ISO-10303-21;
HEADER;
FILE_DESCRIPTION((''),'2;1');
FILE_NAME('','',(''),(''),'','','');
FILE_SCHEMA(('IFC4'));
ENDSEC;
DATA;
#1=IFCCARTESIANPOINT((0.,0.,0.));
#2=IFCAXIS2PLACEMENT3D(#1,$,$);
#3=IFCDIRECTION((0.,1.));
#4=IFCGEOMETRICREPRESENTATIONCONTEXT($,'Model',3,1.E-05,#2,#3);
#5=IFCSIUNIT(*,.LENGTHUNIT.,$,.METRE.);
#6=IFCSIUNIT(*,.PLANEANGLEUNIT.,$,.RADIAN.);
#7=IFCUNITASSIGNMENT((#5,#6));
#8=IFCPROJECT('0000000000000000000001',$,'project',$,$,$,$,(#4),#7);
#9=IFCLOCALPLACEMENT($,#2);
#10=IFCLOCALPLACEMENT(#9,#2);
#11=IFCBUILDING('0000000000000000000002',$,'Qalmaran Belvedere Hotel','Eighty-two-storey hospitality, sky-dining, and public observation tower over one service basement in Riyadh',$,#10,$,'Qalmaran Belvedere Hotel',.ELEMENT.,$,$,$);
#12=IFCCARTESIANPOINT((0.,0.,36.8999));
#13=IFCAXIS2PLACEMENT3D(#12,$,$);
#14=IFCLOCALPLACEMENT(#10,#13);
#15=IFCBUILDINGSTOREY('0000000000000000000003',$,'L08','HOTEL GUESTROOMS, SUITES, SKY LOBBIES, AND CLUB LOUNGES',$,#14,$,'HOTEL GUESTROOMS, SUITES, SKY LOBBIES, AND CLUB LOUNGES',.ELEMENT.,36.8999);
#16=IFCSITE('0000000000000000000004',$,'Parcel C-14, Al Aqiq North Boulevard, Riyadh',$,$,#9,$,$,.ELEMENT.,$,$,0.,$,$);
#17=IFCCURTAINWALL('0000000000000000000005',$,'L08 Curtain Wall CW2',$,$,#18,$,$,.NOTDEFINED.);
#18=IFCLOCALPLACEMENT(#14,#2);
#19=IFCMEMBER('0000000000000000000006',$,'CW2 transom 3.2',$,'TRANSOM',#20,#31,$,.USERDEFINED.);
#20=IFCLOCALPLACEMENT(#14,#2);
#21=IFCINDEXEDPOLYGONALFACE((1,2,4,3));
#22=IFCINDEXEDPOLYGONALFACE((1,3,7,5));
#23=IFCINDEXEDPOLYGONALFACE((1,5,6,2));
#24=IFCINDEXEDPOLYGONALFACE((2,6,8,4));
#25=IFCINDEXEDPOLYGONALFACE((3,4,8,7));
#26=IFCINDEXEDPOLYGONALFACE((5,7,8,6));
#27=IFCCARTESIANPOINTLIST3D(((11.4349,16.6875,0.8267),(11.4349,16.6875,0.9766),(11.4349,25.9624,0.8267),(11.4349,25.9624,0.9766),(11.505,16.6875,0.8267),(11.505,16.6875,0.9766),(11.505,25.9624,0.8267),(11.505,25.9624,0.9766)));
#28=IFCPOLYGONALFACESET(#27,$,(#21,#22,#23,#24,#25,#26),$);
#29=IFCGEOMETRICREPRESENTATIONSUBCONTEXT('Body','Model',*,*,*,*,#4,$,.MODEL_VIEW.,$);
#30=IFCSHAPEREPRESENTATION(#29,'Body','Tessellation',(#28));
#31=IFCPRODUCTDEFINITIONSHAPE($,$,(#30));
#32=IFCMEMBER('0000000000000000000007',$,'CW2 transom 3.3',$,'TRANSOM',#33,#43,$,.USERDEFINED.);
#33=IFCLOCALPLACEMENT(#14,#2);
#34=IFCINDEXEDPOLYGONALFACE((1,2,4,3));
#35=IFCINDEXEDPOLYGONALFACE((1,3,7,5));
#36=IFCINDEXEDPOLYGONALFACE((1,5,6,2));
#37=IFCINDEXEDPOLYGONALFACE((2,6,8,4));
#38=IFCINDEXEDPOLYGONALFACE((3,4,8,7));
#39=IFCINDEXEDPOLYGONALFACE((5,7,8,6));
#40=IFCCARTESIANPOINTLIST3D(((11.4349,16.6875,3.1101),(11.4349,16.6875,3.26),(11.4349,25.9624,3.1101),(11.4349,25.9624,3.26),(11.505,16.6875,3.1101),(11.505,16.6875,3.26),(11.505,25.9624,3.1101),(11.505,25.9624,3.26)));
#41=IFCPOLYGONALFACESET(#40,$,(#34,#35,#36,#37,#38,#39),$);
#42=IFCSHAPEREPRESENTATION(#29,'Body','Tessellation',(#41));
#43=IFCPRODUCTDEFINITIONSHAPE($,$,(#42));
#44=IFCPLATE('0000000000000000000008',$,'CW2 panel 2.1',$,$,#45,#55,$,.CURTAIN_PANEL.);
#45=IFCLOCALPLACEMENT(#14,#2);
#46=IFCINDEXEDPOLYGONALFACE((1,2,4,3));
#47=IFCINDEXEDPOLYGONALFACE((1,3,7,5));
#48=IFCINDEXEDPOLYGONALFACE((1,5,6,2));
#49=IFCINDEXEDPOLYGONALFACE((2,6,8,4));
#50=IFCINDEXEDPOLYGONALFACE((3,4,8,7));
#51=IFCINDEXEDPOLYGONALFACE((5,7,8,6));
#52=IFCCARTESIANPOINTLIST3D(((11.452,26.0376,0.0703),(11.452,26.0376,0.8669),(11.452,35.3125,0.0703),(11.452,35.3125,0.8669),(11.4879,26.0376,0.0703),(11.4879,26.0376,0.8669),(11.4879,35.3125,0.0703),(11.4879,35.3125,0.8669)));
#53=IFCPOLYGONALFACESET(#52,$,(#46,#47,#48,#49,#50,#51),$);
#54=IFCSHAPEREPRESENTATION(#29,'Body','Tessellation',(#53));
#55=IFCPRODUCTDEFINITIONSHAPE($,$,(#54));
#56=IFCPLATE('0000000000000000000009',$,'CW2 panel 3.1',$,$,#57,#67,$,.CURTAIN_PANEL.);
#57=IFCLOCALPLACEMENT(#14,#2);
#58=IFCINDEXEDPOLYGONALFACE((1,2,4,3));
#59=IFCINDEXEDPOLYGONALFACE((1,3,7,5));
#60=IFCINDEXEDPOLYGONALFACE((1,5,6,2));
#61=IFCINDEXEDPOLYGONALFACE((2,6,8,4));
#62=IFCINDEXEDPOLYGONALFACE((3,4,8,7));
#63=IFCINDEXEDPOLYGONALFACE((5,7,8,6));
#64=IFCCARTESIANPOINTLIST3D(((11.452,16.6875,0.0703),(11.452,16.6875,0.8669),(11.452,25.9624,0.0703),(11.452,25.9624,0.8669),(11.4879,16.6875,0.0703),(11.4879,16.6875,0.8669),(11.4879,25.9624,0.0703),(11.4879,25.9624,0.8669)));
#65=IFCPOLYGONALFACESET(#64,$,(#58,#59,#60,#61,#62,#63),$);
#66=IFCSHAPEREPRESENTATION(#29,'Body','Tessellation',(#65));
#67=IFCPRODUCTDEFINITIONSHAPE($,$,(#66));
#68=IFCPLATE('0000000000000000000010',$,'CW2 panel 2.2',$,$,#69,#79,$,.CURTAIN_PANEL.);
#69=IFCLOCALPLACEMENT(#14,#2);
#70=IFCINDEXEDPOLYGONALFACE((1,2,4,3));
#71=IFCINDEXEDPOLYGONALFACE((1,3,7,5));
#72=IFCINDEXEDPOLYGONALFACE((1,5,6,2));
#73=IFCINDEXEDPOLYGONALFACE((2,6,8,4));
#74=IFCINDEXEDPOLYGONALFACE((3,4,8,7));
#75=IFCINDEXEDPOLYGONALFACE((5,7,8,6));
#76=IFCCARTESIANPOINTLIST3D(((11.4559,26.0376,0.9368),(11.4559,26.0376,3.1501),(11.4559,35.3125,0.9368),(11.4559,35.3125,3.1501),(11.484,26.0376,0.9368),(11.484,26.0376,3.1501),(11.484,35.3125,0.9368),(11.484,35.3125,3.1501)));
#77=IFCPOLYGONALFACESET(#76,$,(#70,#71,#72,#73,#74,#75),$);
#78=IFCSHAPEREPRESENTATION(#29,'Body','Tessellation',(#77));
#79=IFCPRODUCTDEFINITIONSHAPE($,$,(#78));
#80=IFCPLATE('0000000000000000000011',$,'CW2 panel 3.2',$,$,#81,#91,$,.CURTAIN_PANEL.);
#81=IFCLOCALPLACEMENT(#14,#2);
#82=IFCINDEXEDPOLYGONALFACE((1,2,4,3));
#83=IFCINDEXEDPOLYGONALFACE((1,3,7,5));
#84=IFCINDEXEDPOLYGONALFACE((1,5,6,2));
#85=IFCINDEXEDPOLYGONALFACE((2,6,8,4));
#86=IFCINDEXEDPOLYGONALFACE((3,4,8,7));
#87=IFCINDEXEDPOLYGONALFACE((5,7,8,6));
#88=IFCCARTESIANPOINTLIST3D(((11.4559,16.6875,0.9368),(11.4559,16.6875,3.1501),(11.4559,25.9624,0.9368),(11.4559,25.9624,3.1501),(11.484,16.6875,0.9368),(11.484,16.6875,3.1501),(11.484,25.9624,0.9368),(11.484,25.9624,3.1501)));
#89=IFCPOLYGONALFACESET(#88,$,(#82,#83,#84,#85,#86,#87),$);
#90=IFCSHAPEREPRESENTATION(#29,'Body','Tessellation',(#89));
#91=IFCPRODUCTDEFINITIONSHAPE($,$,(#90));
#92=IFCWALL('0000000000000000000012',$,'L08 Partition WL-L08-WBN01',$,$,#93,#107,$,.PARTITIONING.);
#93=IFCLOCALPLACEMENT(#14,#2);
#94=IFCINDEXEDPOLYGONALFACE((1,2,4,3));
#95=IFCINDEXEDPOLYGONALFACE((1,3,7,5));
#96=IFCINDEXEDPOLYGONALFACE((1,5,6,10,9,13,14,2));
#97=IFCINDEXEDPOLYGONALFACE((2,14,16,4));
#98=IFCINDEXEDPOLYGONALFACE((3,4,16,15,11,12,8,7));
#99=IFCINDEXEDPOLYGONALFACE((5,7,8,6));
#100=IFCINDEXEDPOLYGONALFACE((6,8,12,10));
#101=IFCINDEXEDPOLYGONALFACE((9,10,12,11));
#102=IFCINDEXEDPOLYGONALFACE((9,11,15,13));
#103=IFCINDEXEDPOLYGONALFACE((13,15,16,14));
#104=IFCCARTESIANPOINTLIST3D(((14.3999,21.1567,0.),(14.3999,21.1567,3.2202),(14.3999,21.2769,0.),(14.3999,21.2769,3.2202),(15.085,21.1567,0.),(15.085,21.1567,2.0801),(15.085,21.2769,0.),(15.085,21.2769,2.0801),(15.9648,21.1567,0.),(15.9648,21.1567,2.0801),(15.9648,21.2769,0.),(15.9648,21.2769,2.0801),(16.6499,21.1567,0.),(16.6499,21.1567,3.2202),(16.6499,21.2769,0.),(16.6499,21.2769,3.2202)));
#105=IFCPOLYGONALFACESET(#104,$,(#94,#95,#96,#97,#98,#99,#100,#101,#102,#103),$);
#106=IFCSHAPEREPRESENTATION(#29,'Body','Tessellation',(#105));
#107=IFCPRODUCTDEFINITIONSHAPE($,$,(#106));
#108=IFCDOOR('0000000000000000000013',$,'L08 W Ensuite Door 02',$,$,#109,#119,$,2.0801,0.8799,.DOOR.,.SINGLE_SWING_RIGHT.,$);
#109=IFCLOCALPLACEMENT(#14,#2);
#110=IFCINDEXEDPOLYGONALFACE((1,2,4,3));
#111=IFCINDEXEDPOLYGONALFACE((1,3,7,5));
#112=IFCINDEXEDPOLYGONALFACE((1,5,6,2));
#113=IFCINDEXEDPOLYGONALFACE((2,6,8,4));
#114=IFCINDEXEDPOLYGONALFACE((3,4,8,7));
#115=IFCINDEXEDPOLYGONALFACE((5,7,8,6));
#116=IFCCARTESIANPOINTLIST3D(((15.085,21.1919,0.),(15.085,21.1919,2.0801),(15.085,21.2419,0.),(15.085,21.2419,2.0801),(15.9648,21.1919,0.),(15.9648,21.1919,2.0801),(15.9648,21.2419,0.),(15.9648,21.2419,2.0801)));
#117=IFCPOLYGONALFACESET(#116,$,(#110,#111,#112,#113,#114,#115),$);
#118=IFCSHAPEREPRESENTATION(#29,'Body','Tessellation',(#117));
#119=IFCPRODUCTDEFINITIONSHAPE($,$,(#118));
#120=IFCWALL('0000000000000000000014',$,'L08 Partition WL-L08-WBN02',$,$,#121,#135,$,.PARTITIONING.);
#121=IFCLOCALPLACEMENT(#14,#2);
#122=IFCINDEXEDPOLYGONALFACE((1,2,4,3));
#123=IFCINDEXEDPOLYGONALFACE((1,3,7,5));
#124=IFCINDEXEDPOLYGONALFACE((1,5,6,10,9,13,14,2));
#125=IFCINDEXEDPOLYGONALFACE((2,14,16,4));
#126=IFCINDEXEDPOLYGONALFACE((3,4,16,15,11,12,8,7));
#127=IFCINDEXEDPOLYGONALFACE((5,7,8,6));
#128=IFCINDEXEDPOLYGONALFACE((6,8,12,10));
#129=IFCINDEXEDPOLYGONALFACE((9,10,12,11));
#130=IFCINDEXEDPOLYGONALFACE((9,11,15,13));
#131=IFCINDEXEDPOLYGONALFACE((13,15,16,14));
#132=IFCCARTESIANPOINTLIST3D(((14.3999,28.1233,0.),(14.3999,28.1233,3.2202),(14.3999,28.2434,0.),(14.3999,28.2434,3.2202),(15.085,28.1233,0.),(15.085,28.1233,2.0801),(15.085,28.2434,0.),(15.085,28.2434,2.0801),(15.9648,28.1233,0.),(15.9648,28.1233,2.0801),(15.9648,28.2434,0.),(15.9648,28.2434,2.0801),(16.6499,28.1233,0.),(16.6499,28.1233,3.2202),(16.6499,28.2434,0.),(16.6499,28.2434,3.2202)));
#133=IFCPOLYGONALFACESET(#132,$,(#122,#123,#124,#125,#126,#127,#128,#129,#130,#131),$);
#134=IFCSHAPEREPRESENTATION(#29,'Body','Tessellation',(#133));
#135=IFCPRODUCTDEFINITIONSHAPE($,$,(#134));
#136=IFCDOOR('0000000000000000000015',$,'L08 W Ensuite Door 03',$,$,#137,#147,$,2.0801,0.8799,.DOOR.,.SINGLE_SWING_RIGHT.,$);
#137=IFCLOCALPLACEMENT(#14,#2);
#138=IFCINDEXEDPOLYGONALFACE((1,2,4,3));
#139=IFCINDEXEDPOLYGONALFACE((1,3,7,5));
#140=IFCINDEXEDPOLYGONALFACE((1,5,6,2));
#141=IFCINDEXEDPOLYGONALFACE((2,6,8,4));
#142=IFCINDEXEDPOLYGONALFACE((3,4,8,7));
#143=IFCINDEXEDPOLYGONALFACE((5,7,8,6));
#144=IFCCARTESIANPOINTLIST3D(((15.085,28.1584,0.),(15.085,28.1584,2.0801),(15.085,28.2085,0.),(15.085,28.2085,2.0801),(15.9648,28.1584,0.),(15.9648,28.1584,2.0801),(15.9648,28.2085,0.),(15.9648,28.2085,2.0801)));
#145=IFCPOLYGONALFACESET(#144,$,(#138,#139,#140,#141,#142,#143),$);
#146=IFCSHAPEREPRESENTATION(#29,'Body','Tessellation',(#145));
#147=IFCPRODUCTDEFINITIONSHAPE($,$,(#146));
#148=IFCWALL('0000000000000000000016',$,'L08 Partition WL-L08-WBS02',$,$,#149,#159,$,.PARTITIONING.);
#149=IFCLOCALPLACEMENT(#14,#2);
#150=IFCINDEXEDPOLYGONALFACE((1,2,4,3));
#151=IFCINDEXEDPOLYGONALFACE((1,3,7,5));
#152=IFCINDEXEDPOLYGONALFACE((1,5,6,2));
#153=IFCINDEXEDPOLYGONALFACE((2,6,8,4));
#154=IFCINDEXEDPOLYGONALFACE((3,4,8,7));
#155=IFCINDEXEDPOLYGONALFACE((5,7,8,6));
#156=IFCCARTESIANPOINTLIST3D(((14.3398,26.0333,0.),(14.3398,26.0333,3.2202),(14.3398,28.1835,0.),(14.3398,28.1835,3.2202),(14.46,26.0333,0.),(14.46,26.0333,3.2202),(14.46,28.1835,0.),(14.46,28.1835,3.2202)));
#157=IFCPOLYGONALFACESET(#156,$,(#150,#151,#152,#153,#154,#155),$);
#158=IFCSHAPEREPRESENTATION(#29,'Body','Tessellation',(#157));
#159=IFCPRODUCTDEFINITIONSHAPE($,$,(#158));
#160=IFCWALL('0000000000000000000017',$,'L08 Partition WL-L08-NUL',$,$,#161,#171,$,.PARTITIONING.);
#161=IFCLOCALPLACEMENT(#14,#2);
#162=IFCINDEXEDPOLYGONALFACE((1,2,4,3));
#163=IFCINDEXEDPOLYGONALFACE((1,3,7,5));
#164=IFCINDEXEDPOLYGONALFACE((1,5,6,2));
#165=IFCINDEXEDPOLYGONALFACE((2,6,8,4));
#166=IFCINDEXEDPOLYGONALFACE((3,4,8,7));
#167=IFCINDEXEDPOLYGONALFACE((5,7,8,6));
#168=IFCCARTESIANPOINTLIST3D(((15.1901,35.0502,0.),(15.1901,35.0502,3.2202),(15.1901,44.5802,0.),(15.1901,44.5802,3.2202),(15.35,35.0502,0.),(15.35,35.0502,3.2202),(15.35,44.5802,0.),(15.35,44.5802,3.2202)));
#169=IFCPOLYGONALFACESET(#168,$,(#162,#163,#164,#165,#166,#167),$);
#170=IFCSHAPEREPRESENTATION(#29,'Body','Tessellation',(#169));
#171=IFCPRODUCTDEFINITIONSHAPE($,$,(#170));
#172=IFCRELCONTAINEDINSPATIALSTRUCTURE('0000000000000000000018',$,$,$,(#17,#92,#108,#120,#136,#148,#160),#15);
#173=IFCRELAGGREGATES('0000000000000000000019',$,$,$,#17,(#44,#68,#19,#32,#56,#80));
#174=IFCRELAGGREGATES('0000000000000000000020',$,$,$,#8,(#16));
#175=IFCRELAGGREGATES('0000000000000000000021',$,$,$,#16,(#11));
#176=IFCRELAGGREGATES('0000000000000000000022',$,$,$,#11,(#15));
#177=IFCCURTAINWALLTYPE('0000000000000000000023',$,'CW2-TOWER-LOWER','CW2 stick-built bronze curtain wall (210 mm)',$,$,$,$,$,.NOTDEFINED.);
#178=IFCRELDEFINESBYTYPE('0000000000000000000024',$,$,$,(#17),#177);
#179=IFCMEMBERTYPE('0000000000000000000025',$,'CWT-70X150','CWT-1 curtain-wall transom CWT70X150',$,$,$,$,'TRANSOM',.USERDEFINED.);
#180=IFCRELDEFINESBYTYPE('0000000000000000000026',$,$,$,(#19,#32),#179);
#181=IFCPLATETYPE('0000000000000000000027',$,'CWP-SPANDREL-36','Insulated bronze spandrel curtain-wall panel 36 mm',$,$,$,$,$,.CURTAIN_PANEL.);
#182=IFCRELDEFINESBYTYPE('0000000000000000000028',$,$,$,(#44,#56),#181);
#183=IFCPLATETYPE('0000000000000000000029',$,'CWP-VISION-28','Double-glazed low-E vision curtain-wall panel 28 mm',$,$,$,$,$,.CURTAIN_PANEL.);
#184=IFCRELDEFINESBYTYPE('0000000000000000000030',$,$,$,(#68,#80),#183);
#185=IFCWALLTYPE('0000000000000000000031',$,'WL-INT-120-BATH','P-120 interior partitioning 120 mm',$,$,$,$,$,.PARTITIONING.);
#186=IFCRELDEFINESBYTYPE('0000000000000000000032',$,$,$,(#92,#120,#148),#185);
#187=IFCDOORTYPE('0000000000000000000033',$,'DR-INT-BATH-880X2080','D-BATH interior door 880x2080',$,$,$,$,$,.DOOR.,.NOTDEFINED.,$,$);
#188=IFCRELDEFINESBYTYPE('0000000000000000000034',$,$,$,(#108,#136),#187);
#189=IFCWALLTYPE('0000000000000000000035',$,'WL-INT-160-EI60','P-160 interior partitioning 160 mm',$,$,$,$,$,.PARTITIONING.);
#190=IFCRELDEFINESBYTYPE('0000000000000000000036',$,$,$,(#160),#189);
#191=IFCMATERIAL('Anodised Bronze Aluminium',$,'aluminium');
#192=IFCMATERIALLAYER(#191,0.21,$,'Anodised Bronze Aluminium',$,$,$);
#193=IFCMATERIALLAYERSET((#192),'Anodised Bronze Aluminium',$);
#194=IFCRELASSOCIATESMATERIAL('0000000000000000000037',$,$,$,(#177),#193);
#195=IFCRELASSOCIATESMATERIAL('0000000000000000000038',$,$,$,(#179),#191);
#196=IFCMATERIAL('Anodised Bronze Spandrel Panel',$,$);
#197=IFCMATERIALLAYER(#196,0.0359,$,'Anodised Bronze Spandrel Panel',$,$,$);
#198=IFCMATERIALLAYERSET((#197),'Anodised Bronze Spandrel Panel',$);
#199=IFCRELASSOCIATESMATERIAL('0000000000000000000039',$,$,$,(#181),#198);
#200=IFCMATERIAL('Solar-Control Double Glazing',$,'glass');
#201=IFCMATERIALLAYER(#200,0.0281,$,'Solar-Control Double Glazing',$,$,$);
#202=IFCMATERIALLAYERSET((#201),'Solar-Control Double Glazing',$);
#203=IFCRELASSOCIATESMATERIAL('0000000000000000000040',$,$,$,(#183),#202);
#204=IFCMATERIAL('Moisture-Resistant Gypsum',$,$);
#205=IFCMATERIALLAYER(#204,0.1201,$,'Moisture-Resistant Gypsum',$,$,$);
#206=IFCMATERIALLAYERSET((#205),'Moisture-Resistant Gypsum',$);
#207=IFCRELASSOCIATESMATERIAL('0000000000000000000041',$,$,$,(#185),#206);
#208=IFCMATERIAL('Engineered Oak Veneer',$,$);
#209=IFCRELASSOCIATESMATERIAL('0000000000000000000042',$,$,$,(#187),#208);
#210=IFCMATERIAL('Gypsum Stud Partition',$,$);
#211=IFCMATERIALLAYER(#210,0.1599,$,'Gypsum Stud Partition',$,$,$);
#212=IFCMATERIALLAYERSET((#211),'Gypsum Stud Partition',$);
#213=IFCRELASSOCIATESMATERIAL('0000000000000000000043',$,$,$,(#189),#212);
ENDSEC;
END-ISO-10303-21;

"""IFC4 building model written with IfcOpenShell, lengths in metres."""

from ifc_helpers import new_model, si_unit, direction, frame, frame_2d, origin, origin_2d, place, context, subcontext, project, spatial, rectangle, extrude, material, layer, layer_set, material_profile, profile_set, type_object, element, fill, aggregate, save


model = new_model("IFC4")

# Units and contexts
model_context = context("Model", 3, precision=1e-05, world=origin(), true_north=direction((0.0, 1.0)))
body_context = subcontext(model_context, "Body", "Model", "MODEL_VIEW")
ifc_project = project(units=[si_unit("LENGTHUNIT", "METRE"), si_unit("PLANEANGLEUNIT", "RADIAN")], contexts=[model_context])

# Site, building, storey
site_placement = place(None, origin())
site = spatial("IfcSite", under=ifc_project, at=site_placement, Name="Parcel C-14, Al Aqiq North Boulevard, Riyadh", CompositionType="ELEMENT", RefElevation=0.0)
building_placement = place(site_placement, origin())
building = spatial("IfcBuilding", under=site, at=building_placement, Name="Qalmaran Belvedere Hotel", Description="Eighty-two-storey hospitality, sky-dining, and public observation tower over one service basement in Riyadh", LongName="Qalmaran Belvedere Hotel", CompositionType="ELEMENT")
storey_placement = place(building_placement, frame((0.0, 0.0, 36.8999)))
storey = spatial("IfcBuildingStorey", under=building, at=storey_placement, Name="L08", Description="HOTEL GUESTROOMS, SUITES, SKY LOBBIES, AND CLUB LOUNGES", LongName="HOTEL GUESTROOMS, SUITES, SKY LOBBIES, AND CLUB LOUNGES", CompositionType="ELEMENT", Elevation=36.8999)

# Curtain wall, members, plates
ifc_material_1 = material(Name="Anodised Bronze Aluminium", Category="aluminium")
ifc_layer_1 = layer(ifc_material_1, 0.21, Name="Anodised Bronze Aluminium")
ifc_layer_set_1 = layer_set([ifc_layer_1], Name="Anodised Bronze Aluminium")
curtain_wall_type = type_object("IfcCurtainWallType", Name="CW2-TOWER-LOWER", Description="CW2 stick-built bronze curtain wall (210 mm)", PredefinedType="NOTDEFINED", material=ifc_layer_set_1)
curtain_wall_placement = place(storey_placement, origin())
curtain_wall = element("IfcCurtainWall", 1, at=curtain_wall_placement, inside=storey, type_object=curtain_wall_type, Name="L08 Curtain Wall CW2", PredefinedType="NOTDEFINED")
ifc_material_profile_1 = material_profile(ifc_material_1, rectangle(XDim=0.0701, YDim=0.1499, at=origin_2d()), Name="CWT70X150")
ifc_profile_set_1 = profile_set([ifc_material_profile_1], Name="Anodised Bronze Aluminium")
member_type_1 = type_object("IfcMemberType", Name="CWT-70X150", Description="CWT-1 curtain-wall transom CWT70X150", ElementType="TRANSOM", PredefinedType="USERDEFINED", material=ifc_profile_set_1)
member_1_placement = place(storey_placement, frame((11.47, 25.9624, 0.9016), z_axis=(0.0, -1.0, 0.0), x_axis=(1.0, 0.0, 0.0)))
member_1 = element("IfcMember", 2, at=member_1_placement, type_object=member_type_1, Name="CW2 transom 3.2", ObjectType="TRANSOM", PredefinedType="USERDEFINED", context=body_context, shape_type="SweptSolid", body=[
    extrude(rectangle(XDim=0.0701, YDim=0.1499, at=origin_2d()), origin(), (0.0, 0.0, 1.0), 9.2749),
])
member_2_placement = place(storey_placement, frame((11.47, 25.9624, 3.1851), z_axis=(0.0, -1.0, 0.0), x_axis=(1.0, 0.0, 0.0)))
member_2 = element("IfcMember", 3, at=member_2_placement, type_object=member_type_1, Name="CW2 transom 3.3", ObjectType="TRANSOM", PredefinedType="USERDEFINED", context=body_context, shape_type="SweptSolid", body=[
    extrude(rectangle(XDim=0.0701, YDim=0.1499, at=origin_2d()), origin(), (0.0, 0.0, 1.0), 9.2749),
])
ifc_material_2 = material(Name="Anodised Bronze Spandrel Panel")
ifc_layer_2 = layer(ifc_material_2, 0.0359, Name="Anodised Bronze Spandrel Panel")
ifc_layer_set_2 = layer_set([ifc_layer_2], Name="Anodised Bronze Spandrel Panel")
plate_type_1 = type_object("IfcPlateType", Name="CWP-SPANDREL-36", Description="Insulated bronze spandrel curtain-wall panel 36 mm", PredefinedType="CURTAIN_PANEL", material=ifc_layer_set_2)
plate_1_placement = place(storey_placement, frame((11.47, 30.675, 0.0703), z_axis=(0.0, 0.0, 1.0), x_axis=(0.0, -1.0, 0.0)))
plate_1 = element("IfcPlate", 4, at=plate_1_placement, type_object=plate_type_1, Name="CW2 panel 2.1", PredefinedType="CURTAIN_PANEL", context=body_context, shape_type="SweptSolid", body=[
    extrude(rectangle(XDim=9.2749, YDim=0.0359, at=origin_2d()), origin(), (0.0, 0.0, 1.0), 0.7966),
])
plate_2_placement = place(storey_placement, frame((11.47, 21.325, 0.0703), z_axis=(0.0, 0.0, 1.0), x_axis=(0.0, -1.0, 0.0)))
plate_2 = element("IfcPlate", 5, at=plate_2_placement, type_object=plate_type_1, Name="CW2 panel 3.1", PredefinedType="CURTAIN_PANEL", context=body_context, shape_type="SweptSolid", body=[
    extrude(rectangle(XDim=9.2749, YDim=0.0359, at=origin_2d()), origin(), (0.0, 0.0, 1.0), 0.7966),
])
ifc_material_3 = material(Name="Solar-Control Double Glazing", Category="glass")
ifc_layer_3 = layer(ifc_material_3, 0.0281, Name="Solar-Control Double Glazing")
ifc_layer_set_3 = layer_set([ifc_layer_3], Name="Solar-Control Double Glazing")
plate_type_2 = type_object("IfcPlateType", Name="CWP-VISION-28", Description="Double-glazed low-E vision curtain-wall panel 28 mm", PredefinedType="CURTAIN_PANEL", material=ifc_layer_set_3)
plate_3_placement = place(storey_placement, frame((11.47, 30.675, 0.9368), z_axis=(0.0, 0.0, 1.0), x_axis=(0.0, -1.0, 0.0)))
plate_3 = element("IfcPlate", 6, at=plate_3_placement, type_object=plate_type_2, Name="CW2 panel 2.2", PredefinedType="CURTAIN_PANEL", context=body_context, shape_type="SweptSolid", body=[
    extrude(rectangle(XDim=9.2749, YDim=0.0281, at=origin_2d()), origin(), (0.0, 0.0, 1.0), 2.2134),
])
plate_4_placement = place(storey_placement, frame((11.47, 21.325, 0.9368), z_axis=(0.0, 0.0, 1.0), x_axis=(0.0, -1.0, 0.0)))
plate_4 = element("IfcPlate", 7, at=plate_4_placement, type_object=plate_type_2, Name="CW2 panel 3.2", PredefinedType="CURTAIN_PANEL", context=body_context, shape_type="SweptSolid", body=[
    extrude(rectangle(XDim=9.2749, YDim=0.0281, at=origin_2d()), origin(), (0.0, 0.0, 1.0), 2.2134),
])
aggregate(curtain_wall, [plate_1, plate_3, member_1, member_2, plate_2, plate_4])

# Walls, openings, doors
ifc_material_4 = material(Name="Moisture-Resistant Gypsum")
ifc_layer_4 = layer(ifc_material_4, 0.1201, Name="Moisture-Resistant Gypsum")
ifc_layer_set_4 = layer_set([ifc_layer_4], Name="Moisture-Resistant Gypsum")
wall_type_1 = type_object("IfcWallType", Name="WL-INT-120-BATH", Description="P-120 interior partitioning 120 mm", PredefinedType="PARTITIONING", material=ifc_layer_set_4)
wall_1_placement = place(storey_placement, frame((14.3999, 21.2168, 0.0), z_axis=(0.0, 0.0, 1.0), x_axis=(1.0, 0.0, 0.0)))
wall_1 = element("IfcWall", 8, at=wall_1_placement, inside=storey, type_object=wall_type_1, Name="L08 Partition WL-L08-WBN01", PredefinedType="PARTITIONING", context=body_context, shape_type="SweptSolid", body=[
    extrude(rectangle(XDim=2.25, YDim=0.1201, at=frame_2d((1.125, 0.0))), origin(), (0.0, 0.0, 1.0), 3.2202),
])
opening_1_placement = place(wall_1_placement, frame((1.5649, 0.0, 0.0), z_axis=(0.0, 0.0, 1.0), x_axis=(-1.0, 0.0, 0.0)))
opening_1 = element("IfcOpeningElement", 9, at=opening_1_placement, cuts=wall_1, PredefinedType="OPENING", context=body_context, shape_type="SweptSolid", body=[
    extrude(rectangle(XDim=0.8799, YDim=2.0801, at=frame_2d((0.4399, 1.04))), frame((0.0, 0.0701, 0.0), z_axis=(0.0, -1.0, 0.0), x_axis=(1.0, 0.0, 0.0)), (0.0, 0.0, 1.0), 0.1401),
])
ifc_material_5 = material(Name="Engineered Oak Veneer")
door_type_1 = type_object("IfcDoorType", Name="DR-INT-BATH-880X2080", Description="D-BATH interior door 880x2080", OperationType="NOTDEFINED", PredefinedType="DOOR", material=ifc_material_5)
door_1_placement = place(opening_1_placement, origin())
door_1 = element("IfcDoor", 10, at=door_1_placement, inside=storey, type_object=door_type_1, Name="L08 W Ensuite Door 02", OperationType="SINGLE_SWING_RIGHT", OverallHeight=2.0801, OverallWidth=0.8799, PredefinedType="DOOR", context=body_context, shape_type="SweptSolid", body=[
    extrude(rectangle(XDim=0.8799, YDim=2.0801, at=frame_2d((0.4399, 1.04))), frame((0.0, 0.0249, 0.0), z_axis=(0.0, -1.0, 0.0), x_axis=(1.0, 0.0, 0.0)), (0.0, 0.0, 1.0), 0.05),
])
fill(opening_1, door_1)
wall_2_placement = place(storey_placement, frame((14.3999, 28.1833, 0.0), z_axis=(0.0, 0.0, 1.0), x_axis=(1.0, 0.0, 0.0)))
wall_2 = element("IfcWall", 11, at=wall_2_placement, inside=storey, type_object=wall_type_1, Name="L08 Partition WL-L08-WBN02", PredefinedType="PARTITIONING", context=body_context, shape_type="SweptSolid", body=[
    extrude(rectangle(XDim=2.25, YDim=0.1201, at=frame_2d((1.125, 0.0))), origin(), (0.0, 0.0, 1.0), 3.2202),
])
opening_2_placement = place(wall_2_placement, frame((1.5649, 0.0, 0.0), z_axis=(0.0, 0.0, 1.0), x_axis=(-1.0, 0.0, 0.0)))
opening_2 = element("IfcOpeningElement", 12, at=opening_2_placement, cuts=wall_2, PredefinedType="OPENING", context=body_context, shape_type="SweptSolid", body=[
    extrude(rectangle(XDim=0.8799, YDim=2.0801, at=frame_2d((0.4399, 1.04))), frame((0.0, 0.0701, 0.0), z_axis=(0.0, -1.0, 0.0), x_axis=(1.0, 0.0, 0.0)), (0.0, 0.0, 1.0), 0.1401),
])
door_2_placement = place(opening_2_placement, origin())
door_2 = element("IfcDoor", 13, at=door_2_placement, inside=storey, type_object=door_type_1, Name="L08 W Ensuite Door 03", OperationType="SINGLE_SWING_RIGHT", OverallHeight=2.0801, OverallWidth=0.8799, PredefinedType="DOOR", context=body_context, shape_type="SweptSolid", body=[
    extrude(rectangle(XDim=0.8799, YDim=2.0801, at=frame_2d((0.4399, 1.04))), frame((0.0, 0.0249, 0.0), z_axis=(0.0, -1.0, 0.0), x_axis=(1.0, 0.0, 0.0)), (0.0, 0.0, 1.0), 0.05),
])
fill(opening_2, door_2)

# Wall
wall_3_placement = place(storey_placement, frame((14.3999, 26.0332, 0.0), z_axis=(0.0, 0.0, 1.0), x_axis=(0.0, 1.0, 0.0)))
element("IfcWall", 14, at=wall_3_placement, inside=storey, type_object=wall_type_1, Name="L08 Partition WL-L08-WBS02", PredefinedType="PARTITIONING", context=body_context, shape_type="SweptSolid", body=[
    extrude(rectangle(XDim=2.1501, YDim=0.1201, at=frame_2d((1.0752, 0.0))), origin(), (0.0, 0.0, 1.0), 3.2202),
])

# Shared definitions
ifc_material_6 = material(Name="Gypsum Stud Partition")

# Wall
ifc_layer_5 = layer(ifc_material_6, 0.1599, Name="Gypsum Stud Partition")
ifc_layer_set_5 = layer_set([ifc_layer_5], Name="Gypsum Stud Partition")
wall_type_2 = type_object("IfcWallType", Name="WL-INT-160-EI60", Description="P-160 interior partitioning 160 mm", PredefinedType="PARTITIONING", material=ifc_layer_set_5)
wall_4_placement = place(storey_placement, frame((15.27, 35.05, 0.0), z_axis=(0.0, 0.0, 1.0), x_axis=(0.0, 1.0, 0.0)))
element("IfcWall", 15, at=wall_4_placement, inside=storey, type_object=wall_type_2, Name="L08 Partition WL-L08-NUL", PredefinedType="PARTITIONING", context=body_context, shape_type="SweptSolid", body=[
    extrude(rectangle(XDim=9.53, YDim=0.1599, at=frame_2d((4.7651, 0.0))), origin(), (0.0, 0.0, 1.0), 3.2202),
])

save(model, "model.ifc")
